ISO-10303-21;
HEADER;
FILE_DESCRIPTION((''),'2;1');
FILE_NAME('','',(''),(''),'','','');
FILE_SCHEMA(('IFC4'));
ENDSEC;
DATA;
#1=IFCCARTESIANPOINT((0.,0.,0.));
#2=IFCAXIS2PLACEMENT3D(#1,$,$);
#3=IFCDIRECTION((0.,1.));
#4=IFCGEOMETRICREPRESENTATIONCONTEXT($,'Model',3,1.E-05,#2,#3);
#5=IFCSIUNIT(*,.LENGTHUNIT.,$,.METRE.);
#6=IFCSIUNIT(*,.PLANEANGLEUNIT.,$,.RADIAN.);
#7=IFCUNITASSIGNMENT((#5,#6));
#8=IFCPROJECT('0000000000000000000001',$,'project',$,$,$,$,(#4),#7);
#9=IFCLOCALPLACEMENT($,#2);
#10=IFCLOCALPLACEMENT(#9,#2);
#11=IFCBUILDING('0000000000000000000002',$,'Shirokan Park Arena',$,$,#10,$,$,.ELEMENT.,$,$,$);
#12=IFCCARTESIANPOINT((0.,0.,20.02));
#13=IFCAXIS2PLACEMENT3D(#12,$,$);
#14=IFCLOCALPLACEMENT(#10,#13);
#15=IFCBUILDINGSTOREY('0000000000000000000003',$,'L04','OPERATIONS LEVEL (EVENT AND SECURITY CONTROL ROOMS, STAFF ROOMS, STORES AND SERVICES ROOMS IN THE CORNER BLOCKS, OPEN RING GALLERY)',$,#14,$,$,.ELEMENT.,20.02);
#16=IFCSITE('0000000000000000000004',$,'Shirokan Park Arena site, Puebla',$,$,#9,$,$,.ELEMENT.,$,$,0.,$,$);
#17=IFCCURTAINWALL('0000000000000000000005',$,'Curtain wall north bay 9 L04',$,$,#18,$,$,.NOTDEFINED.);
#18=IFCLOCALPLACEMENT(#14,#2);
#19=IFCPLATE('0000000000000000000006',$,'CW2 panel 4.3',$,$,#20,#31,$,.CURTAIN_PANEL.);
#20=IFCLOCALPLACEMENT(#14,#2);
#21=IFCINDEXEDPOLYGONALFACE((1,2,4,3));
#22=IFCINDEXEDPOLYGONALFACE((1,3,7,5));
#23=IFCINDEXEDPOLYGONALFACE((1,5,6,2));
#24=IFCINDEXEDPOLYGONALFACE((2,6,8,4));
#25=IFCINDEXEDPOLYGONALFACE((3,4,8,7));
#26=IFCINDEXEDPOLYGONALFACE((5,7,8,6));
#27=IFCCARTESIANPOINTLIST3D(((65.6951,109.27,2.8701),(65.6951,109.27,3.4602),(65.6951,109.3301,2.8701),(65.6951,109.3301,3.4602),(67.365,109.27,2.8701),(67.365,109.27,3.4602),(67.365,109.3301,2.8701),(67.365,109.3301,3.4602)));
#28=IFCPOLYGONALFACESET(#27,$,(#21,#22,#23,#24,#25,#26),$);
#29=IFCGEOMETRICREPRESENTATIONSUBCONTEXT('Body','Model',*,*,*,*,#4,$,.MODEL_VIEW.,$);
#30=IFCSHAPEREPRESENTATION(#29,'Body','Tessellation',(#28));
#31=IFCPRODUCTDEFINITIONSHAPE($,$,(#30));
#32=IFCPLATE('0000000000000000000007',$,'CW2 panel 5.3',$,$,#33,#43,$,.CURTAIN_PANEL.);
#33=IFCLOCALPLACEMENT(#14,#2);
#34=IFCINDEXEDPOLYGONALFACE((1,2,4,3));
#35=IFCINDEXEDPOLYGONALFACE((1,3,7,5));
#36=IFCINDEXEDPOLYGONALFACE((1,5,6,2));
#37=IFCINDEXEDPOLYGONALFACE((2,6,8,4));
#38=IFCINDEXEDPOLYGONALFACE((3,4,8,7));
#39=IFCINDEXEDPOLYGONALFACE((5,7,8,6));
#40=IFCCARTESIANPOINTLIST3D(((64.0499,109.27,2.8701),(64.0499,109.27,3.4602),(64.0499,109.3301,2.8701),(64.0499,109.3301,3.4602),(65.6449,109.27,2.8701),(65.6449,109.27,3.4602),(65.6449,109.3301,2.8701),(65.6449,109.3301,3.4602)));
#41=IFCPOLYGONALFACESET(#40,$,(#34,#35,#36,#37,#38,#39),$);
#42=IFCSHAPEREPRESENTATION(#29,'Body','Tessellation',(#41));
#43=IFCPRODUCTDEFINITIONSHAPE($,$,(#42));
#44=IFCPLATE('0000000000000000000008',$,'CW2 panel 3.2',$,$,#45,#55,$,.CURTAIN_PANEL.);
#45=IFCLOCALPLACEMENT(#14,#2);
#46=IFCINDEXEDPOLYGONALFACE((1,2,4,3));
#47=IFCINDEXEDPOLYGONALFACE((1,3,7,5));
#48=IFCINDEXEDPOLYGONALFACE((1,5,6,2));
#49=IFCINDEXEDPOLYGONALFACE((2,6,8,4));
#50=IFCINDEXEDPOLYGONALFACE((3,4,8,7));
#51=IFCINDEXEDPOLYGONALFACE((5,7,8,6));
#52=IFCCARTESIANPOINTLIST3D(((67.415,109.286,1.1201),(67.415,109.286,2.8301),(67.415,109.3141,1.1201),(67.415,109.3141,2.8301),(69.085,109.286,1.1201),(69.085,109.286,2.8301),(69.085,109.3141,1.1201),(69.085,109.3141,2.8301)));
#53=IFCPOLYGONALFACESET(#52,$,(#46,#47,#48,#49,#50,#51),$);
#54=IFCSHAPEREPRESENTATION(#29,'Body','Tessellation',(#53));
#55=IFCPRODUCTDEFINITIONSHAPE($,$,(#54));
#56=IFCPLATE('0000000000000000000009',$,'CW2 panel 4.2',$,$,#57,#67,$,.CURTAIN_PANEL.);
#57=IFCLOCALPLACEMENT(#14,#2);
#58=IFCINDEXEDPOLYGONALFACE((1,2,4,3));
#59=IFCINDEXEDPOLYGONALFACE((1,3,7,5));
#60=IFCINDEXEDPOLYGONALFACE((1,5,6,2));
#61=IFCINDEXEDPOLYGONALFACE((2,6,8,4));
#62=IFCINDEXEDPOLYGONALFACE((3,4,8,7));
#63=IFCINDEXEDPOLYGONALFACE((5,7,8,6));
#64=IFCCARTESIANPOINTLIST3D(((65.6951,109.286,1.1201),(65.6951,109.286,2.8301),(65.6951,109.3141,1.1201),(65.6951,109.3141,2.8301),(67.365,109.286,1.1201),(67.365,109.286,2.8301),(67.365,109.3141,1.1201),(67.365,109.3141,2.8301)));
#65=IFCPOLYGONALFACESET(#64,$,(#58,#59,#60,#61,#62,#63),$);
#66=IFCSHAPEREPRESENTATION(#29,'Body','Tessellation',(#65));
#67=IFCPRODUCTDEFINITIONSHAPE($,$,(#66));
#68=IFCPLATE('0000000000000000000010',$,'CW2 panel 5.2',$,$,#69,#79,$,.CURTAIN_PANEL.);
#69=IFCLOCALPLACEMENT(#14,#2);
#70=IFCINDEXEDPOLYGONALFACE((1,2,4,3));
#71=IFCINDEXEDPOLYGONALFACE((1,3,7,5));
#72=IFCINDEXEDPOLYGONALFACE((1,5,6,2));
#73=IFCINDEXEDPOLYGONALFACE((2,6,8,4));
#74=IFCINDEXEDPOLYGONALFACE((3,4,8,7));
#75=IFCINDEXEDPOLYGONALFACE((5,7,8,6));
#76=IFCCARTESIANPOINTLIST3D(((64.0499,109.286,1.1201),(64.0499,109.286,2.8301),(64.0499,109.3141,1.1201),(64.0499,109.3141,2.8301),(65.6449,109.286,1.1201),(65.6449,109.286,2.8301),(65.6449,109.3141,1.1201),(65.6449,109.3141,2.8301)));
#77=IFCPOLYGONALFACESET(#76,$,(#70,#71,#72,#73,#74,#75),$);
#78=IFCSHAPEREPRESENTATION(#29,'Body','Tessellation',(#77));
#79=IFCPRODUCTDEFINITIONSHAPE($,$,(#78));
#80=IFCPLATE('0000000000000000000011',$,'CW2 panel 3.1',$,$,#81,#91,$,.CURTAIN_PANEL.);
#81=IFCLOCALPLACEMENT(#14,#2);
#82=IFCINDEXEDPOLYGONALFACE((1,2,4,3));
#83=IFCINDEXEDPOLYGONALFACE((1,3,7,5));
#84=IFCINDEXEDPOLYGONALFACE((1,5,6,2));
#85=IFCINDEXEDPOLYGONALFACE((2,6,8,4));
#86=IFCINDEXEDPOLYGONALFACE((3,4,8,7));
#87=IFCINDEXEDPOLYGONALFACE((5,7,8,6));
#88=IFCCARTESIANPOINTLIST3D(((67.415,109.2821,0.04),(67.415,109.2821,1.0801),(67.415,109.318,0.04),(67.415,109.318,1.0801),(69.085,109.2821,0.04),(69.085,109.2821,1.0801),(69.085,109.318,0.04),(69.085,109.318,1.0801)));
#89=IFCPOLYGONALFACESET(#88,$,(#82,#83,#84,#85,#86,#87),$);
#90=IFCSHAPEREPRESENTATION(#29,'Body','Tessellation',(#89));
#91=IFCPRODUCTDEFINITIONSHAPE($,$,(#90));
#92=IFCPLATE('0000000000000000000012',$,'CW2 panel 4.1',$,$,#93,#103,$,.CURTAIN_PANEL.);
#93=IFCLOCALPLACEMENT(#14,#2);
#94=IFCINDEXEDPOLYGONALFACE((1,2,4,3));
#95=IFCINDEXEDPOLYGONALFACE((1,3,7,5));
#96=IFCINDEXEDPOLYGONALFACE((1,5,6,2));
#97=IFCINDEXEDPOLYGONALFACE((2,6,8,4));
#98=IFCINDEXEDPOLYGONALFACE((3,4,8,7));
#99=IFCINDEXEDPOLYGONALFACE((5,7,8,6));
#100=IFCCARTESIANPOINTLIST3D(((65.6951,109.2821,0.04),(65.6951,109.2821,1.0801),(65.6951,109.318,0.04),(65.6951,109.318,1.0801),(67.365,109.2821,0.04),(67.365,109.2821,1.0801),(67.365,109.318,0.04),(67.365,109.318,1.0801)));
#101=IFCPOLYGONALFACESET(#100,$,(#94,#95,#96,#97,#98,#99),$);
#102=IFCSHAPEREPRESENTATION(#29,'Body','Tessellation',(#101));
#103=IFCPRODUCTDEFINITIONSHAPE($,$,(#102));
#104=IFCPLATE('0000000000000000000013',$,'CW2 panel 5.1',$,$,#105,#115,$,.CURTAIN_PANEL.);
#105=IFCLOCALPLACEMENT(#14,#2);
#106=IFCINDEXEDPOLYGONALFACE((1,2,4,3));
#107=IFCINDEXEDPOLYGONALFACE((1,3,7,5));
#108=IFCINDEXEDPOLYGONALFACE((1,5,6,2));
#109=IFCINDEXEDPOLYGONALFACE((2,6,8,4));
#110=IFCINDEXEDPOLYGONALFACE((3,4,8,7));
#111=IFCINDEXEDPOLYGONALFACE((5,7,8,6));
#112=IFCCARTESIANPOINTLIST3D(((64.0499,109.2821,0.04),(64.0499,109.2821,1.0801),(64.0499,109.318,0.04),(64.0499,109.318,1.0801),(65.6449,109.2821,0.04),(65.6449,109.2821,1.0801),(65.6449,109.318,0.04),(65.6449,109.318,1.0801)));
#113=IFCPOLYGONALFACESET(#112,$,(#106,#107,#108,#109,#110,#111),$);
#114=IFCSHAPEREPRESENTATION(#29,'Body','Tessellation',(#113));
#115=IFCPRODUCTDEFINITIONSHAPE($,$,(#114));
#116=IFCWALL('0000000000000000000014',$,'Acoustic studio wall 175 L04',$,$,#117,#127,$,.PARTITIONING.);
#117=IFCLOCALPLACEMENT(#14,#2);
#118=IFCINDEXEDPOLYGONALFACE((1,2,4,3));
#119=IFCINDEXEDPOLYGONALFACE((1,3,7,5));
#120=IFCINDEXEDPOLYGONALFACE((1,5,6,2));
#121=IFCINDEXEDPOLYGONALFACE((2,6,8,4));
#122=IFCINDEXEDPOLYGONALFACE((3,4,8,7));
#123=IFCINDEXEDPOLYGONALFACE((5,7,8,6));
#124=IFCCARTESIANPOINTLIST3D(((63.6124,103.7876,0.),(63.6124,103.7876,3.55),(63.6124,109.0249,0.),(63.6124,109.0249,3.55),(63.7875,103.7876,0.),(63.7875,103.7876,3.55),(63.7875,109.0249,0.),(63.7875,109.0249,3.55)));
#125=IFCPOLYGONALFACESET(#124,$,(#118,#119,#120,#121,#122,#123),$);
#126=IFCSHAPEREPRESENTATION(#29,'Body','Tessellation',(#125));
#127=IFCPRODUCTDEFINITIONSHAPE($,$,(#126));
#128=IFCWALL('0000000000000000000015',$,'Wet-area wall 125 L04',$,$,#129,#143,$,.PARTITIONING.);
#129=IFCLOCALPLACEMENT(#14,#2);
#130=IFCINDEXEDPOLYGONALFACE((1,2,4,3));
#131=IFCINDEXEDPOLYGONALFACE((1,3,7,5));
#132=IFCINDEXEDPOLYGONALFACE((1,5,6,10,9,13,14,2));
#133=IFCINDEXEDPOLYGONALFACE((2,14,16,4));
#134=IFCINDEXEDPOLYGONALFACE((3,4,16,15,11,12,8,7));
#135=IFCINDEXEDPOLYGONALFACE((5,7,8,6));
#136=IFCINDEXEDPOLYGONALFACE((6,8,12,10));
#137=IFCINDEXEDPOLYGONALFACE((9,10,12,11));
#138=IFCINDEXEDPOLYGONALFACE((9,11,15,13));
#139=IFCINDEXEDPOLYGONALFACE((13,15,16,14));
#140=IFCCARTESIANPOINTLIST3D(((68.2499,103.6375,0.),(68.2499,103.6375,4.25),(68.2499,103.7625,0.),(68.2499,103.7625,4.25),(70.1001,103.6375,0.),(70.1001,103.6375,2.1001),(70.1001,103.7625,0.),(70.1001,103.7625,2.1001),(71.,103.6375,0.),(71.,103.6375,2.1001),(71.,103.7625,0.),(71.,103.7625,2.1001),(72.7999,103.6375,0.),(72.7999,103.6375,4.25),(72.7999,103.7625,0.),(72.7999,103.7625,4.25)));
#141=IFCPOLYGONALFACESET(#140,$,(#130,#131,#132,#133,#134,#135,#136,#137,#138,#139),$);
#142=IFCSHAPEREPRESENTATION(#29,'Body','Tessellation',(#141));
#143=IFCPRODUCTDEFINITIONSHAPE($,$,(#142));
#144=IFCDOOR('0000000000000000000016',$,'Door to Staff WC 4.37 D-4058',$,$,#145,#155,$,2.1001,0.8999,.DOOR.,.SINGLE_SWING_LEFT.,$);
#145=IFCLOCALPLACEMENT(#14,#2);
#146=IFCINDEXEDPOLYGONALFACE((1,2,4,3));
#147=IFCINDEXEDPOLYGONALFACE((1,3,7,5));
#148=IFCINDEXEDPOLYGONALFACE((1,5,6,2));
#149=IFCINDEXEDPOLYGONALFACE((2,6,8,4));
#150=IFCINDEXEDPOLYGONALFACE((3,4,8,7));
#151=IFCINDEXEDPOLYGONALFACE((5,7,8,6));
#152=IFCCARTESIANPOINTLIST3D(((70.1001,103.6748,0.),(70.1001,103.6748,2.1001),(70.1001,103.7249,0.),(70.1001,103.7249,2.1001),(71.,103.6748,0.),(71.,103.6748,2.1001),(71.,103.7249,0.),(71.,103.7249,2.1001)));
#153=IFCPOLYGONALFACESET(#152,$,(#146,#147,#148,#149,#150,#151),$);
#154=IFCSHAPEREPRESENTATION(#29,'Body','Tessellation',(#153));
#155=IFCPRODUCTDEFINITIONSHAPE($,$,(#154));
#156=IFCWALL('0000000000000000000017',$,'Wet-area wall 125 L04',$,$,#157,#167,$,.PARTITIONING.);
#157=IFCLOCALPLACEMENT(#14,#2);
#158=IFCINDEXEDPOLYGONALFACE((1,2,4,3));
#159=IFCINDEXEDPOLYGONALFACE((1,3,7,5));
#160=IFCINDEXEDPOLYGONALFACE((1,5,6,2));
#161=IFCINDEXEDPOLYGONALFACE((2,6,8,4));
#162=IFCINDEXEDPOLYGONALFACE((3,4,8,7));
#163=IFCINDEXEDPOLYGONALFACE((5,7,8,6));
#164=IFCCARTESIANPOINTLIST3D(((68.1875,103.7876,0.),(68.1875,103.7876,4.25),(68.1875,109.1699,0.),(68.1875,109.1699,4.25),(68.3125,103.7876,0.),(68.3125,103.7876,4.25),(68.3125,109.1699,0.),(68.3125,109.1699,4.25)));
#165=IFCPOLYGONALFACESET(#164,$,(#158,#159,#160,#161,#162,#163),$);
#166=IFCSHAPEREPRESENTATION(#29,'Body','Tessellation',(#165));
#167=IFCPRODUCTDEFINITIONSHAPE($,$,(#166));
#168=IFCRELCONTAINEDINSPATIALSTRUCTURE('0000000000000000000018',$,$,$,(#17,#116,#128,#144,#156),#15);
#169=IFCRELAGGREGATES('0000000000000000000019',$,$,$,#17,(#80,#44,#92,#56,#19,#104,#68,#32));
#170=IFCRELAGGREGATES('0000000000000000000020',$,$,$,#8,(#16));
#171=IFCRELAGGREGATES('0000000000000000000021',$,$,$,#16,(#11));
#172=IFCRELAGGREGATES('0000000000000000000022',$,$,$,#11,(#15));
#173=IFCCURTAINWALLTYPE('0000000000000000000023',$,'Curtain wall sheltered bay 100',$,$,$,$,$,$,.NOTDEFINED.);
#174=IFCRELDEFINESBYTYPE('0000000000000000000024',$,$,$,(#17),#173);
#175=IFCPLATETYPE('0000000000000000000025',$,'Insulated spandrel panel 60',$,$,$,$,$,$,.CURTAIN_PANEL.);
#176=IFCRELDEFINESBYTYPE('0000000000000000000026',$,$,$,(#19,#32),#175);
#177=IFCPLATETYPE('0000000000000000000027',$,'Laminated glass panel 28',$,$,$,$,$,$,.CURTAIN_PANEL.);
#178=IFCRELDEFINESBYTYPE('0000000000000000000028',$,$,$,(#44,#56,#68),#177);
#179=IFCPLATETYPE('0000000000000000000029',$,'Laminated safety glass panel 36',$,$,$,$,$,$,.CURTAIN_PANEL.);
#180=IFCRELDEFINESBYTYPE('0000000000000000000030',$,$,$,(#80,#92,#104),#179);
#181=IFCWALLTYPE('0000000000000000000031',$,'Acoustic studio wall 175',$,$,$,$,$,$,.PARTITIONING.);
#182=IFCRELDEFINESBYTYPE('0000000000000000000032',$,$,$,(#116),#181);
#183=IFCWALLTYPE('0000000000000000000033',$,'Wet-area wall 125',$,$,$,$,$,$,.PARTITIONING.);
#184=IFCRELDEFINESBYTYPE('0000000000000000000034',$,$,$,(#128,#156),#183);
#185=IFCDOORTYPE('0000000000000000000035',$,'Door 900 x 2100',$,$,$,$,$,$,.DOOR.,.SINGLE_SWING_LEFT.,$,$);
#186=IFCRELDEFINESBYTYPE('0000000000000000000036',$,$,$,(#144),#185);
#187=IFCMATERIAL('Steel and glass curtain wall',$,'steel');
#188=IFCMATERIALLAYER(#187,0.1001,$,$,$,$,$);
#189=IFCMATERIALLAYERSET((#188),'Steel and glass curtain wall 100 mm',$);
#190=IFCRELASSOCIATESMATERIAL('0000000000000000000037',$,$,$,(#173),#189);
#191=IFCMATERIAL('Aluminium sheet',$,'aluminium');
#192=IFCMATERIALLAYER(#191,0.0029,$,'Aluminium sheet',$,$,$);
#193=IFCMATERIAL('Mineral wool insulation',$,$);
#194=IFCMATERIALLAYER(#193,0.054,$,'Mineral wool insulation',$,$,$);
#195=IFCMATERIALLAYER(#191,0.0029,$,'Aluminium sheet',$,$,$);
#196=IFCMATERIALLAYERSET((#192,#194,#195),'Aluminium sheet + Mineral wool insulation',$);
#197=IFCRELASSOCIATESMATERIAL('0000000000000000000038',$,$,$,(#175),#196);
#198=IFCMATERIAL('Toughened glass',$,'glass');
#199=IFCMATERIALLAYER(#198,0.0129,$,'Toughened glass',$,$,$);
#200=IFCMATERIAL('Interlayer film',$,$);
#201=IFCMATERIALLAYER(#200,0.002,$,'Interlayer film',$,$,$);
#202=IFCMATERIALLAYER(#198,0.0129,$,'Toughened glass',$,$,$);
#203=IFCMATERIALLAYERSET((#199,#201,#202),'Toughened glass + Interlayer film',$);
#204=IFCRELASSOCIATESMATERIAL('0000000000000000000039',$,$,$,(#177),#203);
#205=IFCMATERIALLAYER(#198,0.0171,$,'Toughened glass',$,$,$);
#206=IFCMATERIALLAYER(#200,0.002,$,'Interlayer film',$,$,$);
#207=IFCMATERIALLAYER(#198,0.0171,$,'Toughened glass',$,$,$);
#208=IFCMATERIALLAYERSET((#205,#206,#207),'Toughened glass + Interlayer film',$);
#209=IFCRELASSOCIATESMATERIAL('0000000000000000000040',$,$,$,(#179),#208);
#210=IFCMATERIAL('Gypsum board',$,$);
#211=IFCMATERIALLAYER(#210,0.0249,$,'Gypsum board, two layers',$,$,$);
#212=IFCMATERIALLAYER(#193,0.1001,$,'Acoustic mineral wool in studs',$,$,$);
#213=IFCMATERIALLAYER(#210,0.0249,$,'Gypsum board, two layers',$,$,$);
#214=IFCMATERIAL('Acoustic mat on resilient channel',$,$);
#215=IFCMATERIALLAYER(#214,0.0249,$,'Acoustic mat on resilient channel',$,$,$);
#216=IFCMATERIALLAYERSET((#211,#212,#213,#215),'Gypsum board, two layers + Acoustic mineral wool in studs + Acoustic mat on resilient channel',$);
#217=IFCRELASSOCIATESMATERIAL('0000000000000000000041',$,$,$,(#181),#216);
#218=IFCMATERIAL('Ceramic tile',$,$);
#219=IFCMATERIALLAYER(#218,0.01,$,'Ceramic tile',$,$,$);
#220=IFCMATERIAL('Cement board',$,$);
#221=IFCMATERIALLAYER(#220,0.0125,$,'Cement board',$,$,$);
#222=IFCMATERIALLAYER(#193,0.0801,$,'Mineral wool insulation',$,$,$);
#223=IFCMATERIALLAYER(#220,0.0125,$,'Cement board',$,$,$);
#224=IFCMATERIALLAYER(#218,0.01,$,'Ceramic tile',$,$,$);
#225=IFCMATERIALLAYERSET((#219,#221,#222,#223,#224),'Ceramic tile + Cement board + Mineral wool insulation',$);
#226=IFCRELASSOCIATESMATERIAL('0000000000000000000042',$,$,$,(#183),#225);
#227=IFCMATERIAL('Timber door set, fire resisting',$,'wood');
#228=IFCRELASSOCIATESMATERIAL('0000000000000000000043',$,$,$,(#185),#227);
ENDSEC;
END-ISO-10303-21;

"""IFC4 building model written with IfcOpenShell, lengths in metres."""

from ifc_helpers import new_model, si_unit, direction, frame, frame_2d, origin, origin_2d, place, context, subcontext, project, spatial, rectangle, extrude, material, layer, layer_set, type_object, element, fill, aggregate, save


model = new_model("IFC4")

# Units and contexts
model_context = context("Model", 3, precision=1e-05, world=origin(), true_north=direction((0.0, 1.0)))
body_context = subcontext(model_context, "Body", "Model", "MODEL_VIEW")
ifc_project = project(units=[si_unit("LENGTHUNIT", "METRE"), si_unit("PLANEANGLEUNIT", "RADIAN")], contexts=[model_context])

# Site, building, storey
site_placement = place(None, origin())
site = spatial("IfcSite", under=ifc_project, at=site_placement, Name="Shirokan Park Arena site, Puebla", CompositionType="ELEMENT", RefElevation=0.0)
building_placement = place(site_placement, origin())
building = spatial("IfcBuilding", under=site, at=building_placement, Name="Shirokan Park Arena", CompositionType="ELEMENT")
storey_placement = place(building_placement, frame((0.0, 0.0, 20.02)))
storey = spatial("IfcBuildingStorey", under=building, at=storey_placement, Name="L04", Description="OPERATIONS LEVEL (EVENT AND SECURITY CONTROL ROOMS, STAFF ROOMS, STORES AND SERVICES ROOMS IN THE CORNER BLOCKS, OPEN RING GALLERY)", CompositionType="ELEMENT", Elevation=20.02)

# Curtain wall
ifc_material_1 = material(Name="Steel and glass curtain wall", Category="steel")
ifc_layer_1 = layer(ifc_material_1, 0.1001)
ifc_layer_set_1 = layer_set([ifc_layer_1], Name="Steel and glass curtain wall 100 mm")
curtain_wall_type = type_object("IfcCurtainWallType", Name="Curtain wall sheltered bay 100", PredefinedType="NOTDEFINED", material=ifc_layer_set_1)
curtain_wall_placement = place(storey_placement, origin())
curtain_wall = element("IfcCurtainWall", 1, at=curtain_wall_placement, inside=storey, type_object=curtain_wall_type, Name="Curtain wall north bay 9 L04", PredefinedType="NOTDEFINED")

# Plates
ifc_material_2 = material(Name="Aluminium sheet", Category="aluminium")
ifc_layer_2 = layer(ifc_material_2, 0.0029, Name="Aluminium sheet")
ifc_material_3 = material(Name="Mineral wool insulation")
ifc_layer_3 = layer(ifc_material_3, 0.054, Name="Mineral wool insulation")
ifc_layer_4 = layer(ifc_material_2, 0.0029, Name="Aluminium sheet")
ifc_layer_set_2 = layer_set([ifc_layer_2, ifc_layer_3, ifc_layer_4], Name="Aluminium sheet + Mineral wool insulation")
plate_type_1 = type_object("IfcPlateType", Name="Insulated spandrel panel 60", PredefinedType="CURTAIN_PANEL", material=ifc_layer_set_2)
plate_1_placement = place(storey_placement, frame((66.53, 109.3, 2.8701), z_axis=(0.0, 0.0, 1.0), x_axis=(-1.0, 0.0, 0.0)))
plate_1 = element("IfcPlate", 2, at=plate_1_placement, type_object=plate_type_1, Name="CW2 panel 4.3", PredefinedType="CURTAIN_PANEL", context=body_context, shape_type="SweptSolid", body=[
    extrude(rectangle(XDim=1.6699, YDim=0.0601, at=origin_2d()), origin(), (0.0, 0.0, 1.0), 0.5901),
])
plate_2_placement = place(storey_placement, frame((64.8474, 109.3, 2.8701), z_axis=(0.0, 0.0, 1.0), x_axis=(-1.0, 0.0, 0.0)))
plate_2 = element("IfcPlate", 3, at=plate_2_placement, type_object=plate_type_1, Name="CW2 panel 5.3", PredefinedType="CURTAIN_PANEL", context=body_context, shape_type="SweptSolid", body=[
    extrude(rectangle(XDim=1.595, YDim=0.0601, at=origin_2d()), origin(), (0.0, 0.0, 1.0), 0.5901),
])
ifc_material_4 = material(Name="Toughened glass", Category="glass")
ifc_layer_5 = layer(ifc_material_4, 0.0129, Name="Toughened glass")
ifc_material_5 = material(Name="Interlayer film")
ifc_layer_6 = layer(ifc_material_5, 0.002, Name="Interlayer film")
ifc_layer_7 = layer(ifc_material_4, 0.0129, Name="Toughened glass")
ifc_layer_set_3 = layer_set([ifc_layer_5, ifc_layer_6, ifc_layer_7], Name="Toughened glass + Interlayer film")
plate_type_2 = type_object("IfcPlateType", Name="Laminated glass panel 28", PredefinedType="CURTAIN_PANEL", material=ifc_layer_set_3)
plate_3_placement = place(storey_placement, frame((68.25, 109.3, 1.1201), z_axis=(0.0, 0.0, 1.0), x_axis=(-1.0, 0.0, 0.0)))
plate_3 = element("IfcPlate", 4, at=plate_3_placement, type_object=plate_type_2, Name="CW2 panel 3.2", PredefinedType="CURTAIN_PANEL", context=body_context, shape_type="SweptSolid", body=[
    extrude(rectangle(XDim=1.6699, YDim=0.0281, at=origin_2d()), origin(), (0.0, 0.0, 1.0), 1.71),
])
plate_4_placement = place(storey_placement, frame((66.53, 109.3, 1.1201), z_axis=(0.0, 0.0, 1.0), x_axis=(-1.0, 0.0, 0.0)))
plate_4 = element("IfcPlate", 5, at=plate_4_placement, type_object=plate_type_2, Name="CW2 panel 4.2", PredefinedType="CURTAIN_PANEL", context=body_context, shape_type="SweptSolid", body=[
    extrude(rectangle(XDim=1.6699, YDim=0.0281, at=origin_2d()), origin(), (0.0, 0.0, 1.0), 1.71),
])
plate_5_placement = place(storey_placement, frame((64.8474, 109.3, 1.1201), z_axis=(0.0, 0.0, 1.0), x_axis=(-1.0, 0.0, 0.0)))
plate_5 = element("IfcPlate", 6, at=plate_5_placement, type_object=plate_type_2, Name="CW2 panel 5.2", PredefinedType="CURTAIN_PANEL", context=body_context, shape_type="SweptSolid", body=[
    extrude(rectangle(XDim=1.595, YDim=0.0281, at=origin_2d()), origin(), (0.0, 0.0, 1.0), 1.71),
])
ifc_layer_8 = layer(ifc_material_4, 0.0171, Name="Toughened glass")
ifc_layer_9 = layer(ifc_material_5, 0.002, Name="Interlayer film")
ifc_layer_10 = layer(ifc_material_4, 0.0171, Name="Toughened glass")
ifc_layer_set_4 = layer_set([ifc_layer_8, ifc_layer_9, ifc_layer_10], Name="Toughened glass + Interlayer film")
plate_type_3 = type_object("IfcPlateType", Name="Laminated safety glass panel 36", PredefinedType="CURTAIN_PANEL", material=ifc_layer_set_4)
plate_6_placement = place(storey_placement, frame((68.25, 109.3, 0.04), z_axis=(0.0, 0.0, 1.0), x_axis=(-1.0, 0.0, 0.0)))
plate_6 = element("IfcPlate", 7, at=plate_6_placement, type_object=plate_type_3, Name="CW2 panel 3.1", PredefinedType="CURTAIN_PANEL", context=body_context, shape_type="SweptSolid", body=[
    extrude(rectangle(XDim=1.6699, YDim=0.0359, at=origin_2d()), origin(), (0.0, 0.0, 1.0), 1.04),
])
plate_7_placement = place(storey_placement, frame((66.53, 109.3, 0.04), z_axis=(0.0, 0.0, 1.0), x_axis=(-1.0, 0.0, 0.0)))
plate_7 = element("IfcPlate", 8, at=plate_7_placement, type_object=plate_type_3, Name="CW2 panel 4.1", PredefinedType="CURTAIN_PANEL", context=body_context, shape_type="SweptSolid", body=[
    extrude(rectangle(XDim=1.6699, YDim=0.0359, at=origin_2d()), origin(), (0.0, 0.0, 1.0), 1.04),
])
plate_8_placement = place(storey_placement, frame((64.8474, 109.3, 0.04), z_axis=(0.0, 0.0, 1.0), x_axis=(-1.0, 0.0, 0.0)))
plate_8 = element("IfcPlate", 9, at=plate_8_placement, type_object=plate_type_3, Name="CW2 panel 5.1", PredefinedType="CURTAIN_PANEL", context=body_context, shape_type="SweptSolid", body=[
    extrude(rectangle(XDim=1.595, YDim=0.0359, at=origin_2d()), origin(), (0.0, 0.0, 1.0), 1.04),
])
aggregate(curtain_wall, [plate_6, plate_3, plate_7, plate_4, plate_1, plate_8, plate_5, plate_2])

# Wall
ifc_material_6 = material(Name="Gypsum board")
ifc_layer_11 = layer(ifc_material_6, 0.0249, Name="Gypsum board, two layers")
ifc_layer_12 = layer(ifc_material_3, 0.1001, Name="Acoustic mineral wool in studs")
ifc_layer_13 = layer(ifc_material_6, 0.0249, Name="Gypsum board, two layers")
ifc_material_7 = material(Name="Acoustic mat on resilient channel")
ifc_layer_14 = layer(ifc_material_7, 0.0249, Name="Acoustic mat on resilient channel")
ifc_layer_set_5 = layer_set([ifc_layer_11, ifc_layer_12, ifc_layer_13, ifc_layer_14], Name="Gypsum board, two layers + Acoustic mineral wool in studs + Acoustic mat on resilient channel")
wall_type_1 = type_object("IfcWallType", Name="Acoustic studio wall 175", PredefinedType="PARTITIONING", material=ifc_layer_set_5)
wall_1_placement = place(storey_placement, frame((63.7, 109.0249, 0.0), z_axis=(0.0, 0.0, 1.0), x_axis=(0.0, -1.0, 0.0)))
element("IfcWall", 10, at=wall_1_placement, inside=storey, type_object=wall_type_1, Name="Acoustic studio wall 175 L04", PredefinedType="PARTITIONING", context=body_context, shape_type="SweptSolid", body=[
    extrude(rectangle(XDim=5.2373, YDim=0.175, at=frame_2d((2.6187, 0.0))), origin(), (0.0, 0.0, 1.0), 3.55),
])

# Wall, opening, door
ifc_material_8 = material(Name="Ceramic tile")
ifc_layer_15 = layer(ifc_material_8, 0.01, Name="Ceramic tile")
ifc_material_9 = material(Name="Cement board")
ifc_layer_16 = layer(ifc_material_9, 0.0125, Name="Cement board")
ifc_layer_17 = layer(ifc_material_3, 0.0801, Name="Mineral wool insulation")
ifc_layer_18 = layer(ifc_material_9, 0.0125, Name="Cement board")
ifc_layer_19 = layer(ifc_material_8, 0.01, Name="Ceramic tile")
ifc_layer_set_6 = layer_set([ifc_layer_15, ifc_layer_16, ifc_layer_17, ifc_layer_18, ifc_layer_19], Name="Ceramic tile + Cement board + Mineral wool insulation")
wall_type_2 = type_object("IfcWallType", Name="Wet-area wall 125", PredefinedType="PARTITIONING", material=ifc_layer_set_6)
wall_2_placement = place(storey_placement, frame((68.25, 103.7, 0.0), z_axis=(0.0, 0.0, 1.0), x_axis=(1.0, 0.0, 0.0)))
wall_2 = element("IfcWall", 11, at=wall_2_placement, inside=storey, type_object=wall_type_2, Name="Wet-area wall 125 L04", PredefinedType="PARTITIONING", context=body_context, shape_type="SweptSolid", body=[
    extrude(rectangle(XDim=4.55, YDim=0.125, at=frame_2d((2.2749, 0.0))), origin(), (0.0, 0.0, 1.0), 4.25),
])
opening_placement = place(wall_2_placement, frame((1.8501, 0.0, 0.0)))
opening = element("IfcOpeningElement", 12, at=opening_placement, cuts=wall_2, PredefinedType="OPENING", context=body_context, shape_type="SweptSolid", body=[
    extrude(rectangle(XDim=0.8999, YDim=2.1001, at=frame_2d((0.45, 1.05))), frame((0.0, 0.0725, 0.0), z_axis=(0.0, -1.0, 0.0), x_axis=(1.0, 0.0, 0.0)), (0.0, 0.0, 1.0), 0.145),
])
ifc_material_10 = material(Name="Timber door set, fire resisting", Category="wood")
door_type = type_object("IfcDoorType", Name="Door 900 x 2100", OperationType="SINGLE_SWING_LEFT", PredefinedType="DOOR", material=ifc_material_10)
door_placement = place(opening_placement, origin())
door = element("IfcDoor", 13, at=door_placement, inside=storey, type_object=door_type, Name="Door to Staff WC 4.37 D-4058", OperationType="SINGLE_SWING_LEFT", OverallHeight=2.1001, OverallWidth=0.8999, PredefinedType="DOOR", context=body_context, shape_type="SweptSolid", body=[
    extrude(rectangle(XDim=0.8999, YDim=2.1001, at=frame_2d((0.45, 1.05))), frame((0.0, 0.0249, 0.0), z_axis=(0.0, -1.0, 0.0), x_axis=(1.0, 0.0, 0.0)), (0.0, 0.0, 1.0), 0.05),
])
fill(opening, door)

# Wall
wall_3_placement = place(storey_placement, frame((68.25, 109.1699, 0.0), z_axis=(0.0, 0.0, 1.0), x_axis=(0.0, -1.0, 0.0)))
element("IfcWall", 14, at=wall_3_placement, inside=storey, type_object=wall_type_2, Name="Wet-area wall 125 L04", PredefinedType="PARTITIONING", context=body_context, shape_type="SweptSolid", body=[
    extrude(rectangle(XDim=5.3823, YDim=0.125, at=frame_2d((2.6912, 0.0))), origin(), (0.0, 0.0, 1.0), 4.25),
])

save(model, "model.ifc")
